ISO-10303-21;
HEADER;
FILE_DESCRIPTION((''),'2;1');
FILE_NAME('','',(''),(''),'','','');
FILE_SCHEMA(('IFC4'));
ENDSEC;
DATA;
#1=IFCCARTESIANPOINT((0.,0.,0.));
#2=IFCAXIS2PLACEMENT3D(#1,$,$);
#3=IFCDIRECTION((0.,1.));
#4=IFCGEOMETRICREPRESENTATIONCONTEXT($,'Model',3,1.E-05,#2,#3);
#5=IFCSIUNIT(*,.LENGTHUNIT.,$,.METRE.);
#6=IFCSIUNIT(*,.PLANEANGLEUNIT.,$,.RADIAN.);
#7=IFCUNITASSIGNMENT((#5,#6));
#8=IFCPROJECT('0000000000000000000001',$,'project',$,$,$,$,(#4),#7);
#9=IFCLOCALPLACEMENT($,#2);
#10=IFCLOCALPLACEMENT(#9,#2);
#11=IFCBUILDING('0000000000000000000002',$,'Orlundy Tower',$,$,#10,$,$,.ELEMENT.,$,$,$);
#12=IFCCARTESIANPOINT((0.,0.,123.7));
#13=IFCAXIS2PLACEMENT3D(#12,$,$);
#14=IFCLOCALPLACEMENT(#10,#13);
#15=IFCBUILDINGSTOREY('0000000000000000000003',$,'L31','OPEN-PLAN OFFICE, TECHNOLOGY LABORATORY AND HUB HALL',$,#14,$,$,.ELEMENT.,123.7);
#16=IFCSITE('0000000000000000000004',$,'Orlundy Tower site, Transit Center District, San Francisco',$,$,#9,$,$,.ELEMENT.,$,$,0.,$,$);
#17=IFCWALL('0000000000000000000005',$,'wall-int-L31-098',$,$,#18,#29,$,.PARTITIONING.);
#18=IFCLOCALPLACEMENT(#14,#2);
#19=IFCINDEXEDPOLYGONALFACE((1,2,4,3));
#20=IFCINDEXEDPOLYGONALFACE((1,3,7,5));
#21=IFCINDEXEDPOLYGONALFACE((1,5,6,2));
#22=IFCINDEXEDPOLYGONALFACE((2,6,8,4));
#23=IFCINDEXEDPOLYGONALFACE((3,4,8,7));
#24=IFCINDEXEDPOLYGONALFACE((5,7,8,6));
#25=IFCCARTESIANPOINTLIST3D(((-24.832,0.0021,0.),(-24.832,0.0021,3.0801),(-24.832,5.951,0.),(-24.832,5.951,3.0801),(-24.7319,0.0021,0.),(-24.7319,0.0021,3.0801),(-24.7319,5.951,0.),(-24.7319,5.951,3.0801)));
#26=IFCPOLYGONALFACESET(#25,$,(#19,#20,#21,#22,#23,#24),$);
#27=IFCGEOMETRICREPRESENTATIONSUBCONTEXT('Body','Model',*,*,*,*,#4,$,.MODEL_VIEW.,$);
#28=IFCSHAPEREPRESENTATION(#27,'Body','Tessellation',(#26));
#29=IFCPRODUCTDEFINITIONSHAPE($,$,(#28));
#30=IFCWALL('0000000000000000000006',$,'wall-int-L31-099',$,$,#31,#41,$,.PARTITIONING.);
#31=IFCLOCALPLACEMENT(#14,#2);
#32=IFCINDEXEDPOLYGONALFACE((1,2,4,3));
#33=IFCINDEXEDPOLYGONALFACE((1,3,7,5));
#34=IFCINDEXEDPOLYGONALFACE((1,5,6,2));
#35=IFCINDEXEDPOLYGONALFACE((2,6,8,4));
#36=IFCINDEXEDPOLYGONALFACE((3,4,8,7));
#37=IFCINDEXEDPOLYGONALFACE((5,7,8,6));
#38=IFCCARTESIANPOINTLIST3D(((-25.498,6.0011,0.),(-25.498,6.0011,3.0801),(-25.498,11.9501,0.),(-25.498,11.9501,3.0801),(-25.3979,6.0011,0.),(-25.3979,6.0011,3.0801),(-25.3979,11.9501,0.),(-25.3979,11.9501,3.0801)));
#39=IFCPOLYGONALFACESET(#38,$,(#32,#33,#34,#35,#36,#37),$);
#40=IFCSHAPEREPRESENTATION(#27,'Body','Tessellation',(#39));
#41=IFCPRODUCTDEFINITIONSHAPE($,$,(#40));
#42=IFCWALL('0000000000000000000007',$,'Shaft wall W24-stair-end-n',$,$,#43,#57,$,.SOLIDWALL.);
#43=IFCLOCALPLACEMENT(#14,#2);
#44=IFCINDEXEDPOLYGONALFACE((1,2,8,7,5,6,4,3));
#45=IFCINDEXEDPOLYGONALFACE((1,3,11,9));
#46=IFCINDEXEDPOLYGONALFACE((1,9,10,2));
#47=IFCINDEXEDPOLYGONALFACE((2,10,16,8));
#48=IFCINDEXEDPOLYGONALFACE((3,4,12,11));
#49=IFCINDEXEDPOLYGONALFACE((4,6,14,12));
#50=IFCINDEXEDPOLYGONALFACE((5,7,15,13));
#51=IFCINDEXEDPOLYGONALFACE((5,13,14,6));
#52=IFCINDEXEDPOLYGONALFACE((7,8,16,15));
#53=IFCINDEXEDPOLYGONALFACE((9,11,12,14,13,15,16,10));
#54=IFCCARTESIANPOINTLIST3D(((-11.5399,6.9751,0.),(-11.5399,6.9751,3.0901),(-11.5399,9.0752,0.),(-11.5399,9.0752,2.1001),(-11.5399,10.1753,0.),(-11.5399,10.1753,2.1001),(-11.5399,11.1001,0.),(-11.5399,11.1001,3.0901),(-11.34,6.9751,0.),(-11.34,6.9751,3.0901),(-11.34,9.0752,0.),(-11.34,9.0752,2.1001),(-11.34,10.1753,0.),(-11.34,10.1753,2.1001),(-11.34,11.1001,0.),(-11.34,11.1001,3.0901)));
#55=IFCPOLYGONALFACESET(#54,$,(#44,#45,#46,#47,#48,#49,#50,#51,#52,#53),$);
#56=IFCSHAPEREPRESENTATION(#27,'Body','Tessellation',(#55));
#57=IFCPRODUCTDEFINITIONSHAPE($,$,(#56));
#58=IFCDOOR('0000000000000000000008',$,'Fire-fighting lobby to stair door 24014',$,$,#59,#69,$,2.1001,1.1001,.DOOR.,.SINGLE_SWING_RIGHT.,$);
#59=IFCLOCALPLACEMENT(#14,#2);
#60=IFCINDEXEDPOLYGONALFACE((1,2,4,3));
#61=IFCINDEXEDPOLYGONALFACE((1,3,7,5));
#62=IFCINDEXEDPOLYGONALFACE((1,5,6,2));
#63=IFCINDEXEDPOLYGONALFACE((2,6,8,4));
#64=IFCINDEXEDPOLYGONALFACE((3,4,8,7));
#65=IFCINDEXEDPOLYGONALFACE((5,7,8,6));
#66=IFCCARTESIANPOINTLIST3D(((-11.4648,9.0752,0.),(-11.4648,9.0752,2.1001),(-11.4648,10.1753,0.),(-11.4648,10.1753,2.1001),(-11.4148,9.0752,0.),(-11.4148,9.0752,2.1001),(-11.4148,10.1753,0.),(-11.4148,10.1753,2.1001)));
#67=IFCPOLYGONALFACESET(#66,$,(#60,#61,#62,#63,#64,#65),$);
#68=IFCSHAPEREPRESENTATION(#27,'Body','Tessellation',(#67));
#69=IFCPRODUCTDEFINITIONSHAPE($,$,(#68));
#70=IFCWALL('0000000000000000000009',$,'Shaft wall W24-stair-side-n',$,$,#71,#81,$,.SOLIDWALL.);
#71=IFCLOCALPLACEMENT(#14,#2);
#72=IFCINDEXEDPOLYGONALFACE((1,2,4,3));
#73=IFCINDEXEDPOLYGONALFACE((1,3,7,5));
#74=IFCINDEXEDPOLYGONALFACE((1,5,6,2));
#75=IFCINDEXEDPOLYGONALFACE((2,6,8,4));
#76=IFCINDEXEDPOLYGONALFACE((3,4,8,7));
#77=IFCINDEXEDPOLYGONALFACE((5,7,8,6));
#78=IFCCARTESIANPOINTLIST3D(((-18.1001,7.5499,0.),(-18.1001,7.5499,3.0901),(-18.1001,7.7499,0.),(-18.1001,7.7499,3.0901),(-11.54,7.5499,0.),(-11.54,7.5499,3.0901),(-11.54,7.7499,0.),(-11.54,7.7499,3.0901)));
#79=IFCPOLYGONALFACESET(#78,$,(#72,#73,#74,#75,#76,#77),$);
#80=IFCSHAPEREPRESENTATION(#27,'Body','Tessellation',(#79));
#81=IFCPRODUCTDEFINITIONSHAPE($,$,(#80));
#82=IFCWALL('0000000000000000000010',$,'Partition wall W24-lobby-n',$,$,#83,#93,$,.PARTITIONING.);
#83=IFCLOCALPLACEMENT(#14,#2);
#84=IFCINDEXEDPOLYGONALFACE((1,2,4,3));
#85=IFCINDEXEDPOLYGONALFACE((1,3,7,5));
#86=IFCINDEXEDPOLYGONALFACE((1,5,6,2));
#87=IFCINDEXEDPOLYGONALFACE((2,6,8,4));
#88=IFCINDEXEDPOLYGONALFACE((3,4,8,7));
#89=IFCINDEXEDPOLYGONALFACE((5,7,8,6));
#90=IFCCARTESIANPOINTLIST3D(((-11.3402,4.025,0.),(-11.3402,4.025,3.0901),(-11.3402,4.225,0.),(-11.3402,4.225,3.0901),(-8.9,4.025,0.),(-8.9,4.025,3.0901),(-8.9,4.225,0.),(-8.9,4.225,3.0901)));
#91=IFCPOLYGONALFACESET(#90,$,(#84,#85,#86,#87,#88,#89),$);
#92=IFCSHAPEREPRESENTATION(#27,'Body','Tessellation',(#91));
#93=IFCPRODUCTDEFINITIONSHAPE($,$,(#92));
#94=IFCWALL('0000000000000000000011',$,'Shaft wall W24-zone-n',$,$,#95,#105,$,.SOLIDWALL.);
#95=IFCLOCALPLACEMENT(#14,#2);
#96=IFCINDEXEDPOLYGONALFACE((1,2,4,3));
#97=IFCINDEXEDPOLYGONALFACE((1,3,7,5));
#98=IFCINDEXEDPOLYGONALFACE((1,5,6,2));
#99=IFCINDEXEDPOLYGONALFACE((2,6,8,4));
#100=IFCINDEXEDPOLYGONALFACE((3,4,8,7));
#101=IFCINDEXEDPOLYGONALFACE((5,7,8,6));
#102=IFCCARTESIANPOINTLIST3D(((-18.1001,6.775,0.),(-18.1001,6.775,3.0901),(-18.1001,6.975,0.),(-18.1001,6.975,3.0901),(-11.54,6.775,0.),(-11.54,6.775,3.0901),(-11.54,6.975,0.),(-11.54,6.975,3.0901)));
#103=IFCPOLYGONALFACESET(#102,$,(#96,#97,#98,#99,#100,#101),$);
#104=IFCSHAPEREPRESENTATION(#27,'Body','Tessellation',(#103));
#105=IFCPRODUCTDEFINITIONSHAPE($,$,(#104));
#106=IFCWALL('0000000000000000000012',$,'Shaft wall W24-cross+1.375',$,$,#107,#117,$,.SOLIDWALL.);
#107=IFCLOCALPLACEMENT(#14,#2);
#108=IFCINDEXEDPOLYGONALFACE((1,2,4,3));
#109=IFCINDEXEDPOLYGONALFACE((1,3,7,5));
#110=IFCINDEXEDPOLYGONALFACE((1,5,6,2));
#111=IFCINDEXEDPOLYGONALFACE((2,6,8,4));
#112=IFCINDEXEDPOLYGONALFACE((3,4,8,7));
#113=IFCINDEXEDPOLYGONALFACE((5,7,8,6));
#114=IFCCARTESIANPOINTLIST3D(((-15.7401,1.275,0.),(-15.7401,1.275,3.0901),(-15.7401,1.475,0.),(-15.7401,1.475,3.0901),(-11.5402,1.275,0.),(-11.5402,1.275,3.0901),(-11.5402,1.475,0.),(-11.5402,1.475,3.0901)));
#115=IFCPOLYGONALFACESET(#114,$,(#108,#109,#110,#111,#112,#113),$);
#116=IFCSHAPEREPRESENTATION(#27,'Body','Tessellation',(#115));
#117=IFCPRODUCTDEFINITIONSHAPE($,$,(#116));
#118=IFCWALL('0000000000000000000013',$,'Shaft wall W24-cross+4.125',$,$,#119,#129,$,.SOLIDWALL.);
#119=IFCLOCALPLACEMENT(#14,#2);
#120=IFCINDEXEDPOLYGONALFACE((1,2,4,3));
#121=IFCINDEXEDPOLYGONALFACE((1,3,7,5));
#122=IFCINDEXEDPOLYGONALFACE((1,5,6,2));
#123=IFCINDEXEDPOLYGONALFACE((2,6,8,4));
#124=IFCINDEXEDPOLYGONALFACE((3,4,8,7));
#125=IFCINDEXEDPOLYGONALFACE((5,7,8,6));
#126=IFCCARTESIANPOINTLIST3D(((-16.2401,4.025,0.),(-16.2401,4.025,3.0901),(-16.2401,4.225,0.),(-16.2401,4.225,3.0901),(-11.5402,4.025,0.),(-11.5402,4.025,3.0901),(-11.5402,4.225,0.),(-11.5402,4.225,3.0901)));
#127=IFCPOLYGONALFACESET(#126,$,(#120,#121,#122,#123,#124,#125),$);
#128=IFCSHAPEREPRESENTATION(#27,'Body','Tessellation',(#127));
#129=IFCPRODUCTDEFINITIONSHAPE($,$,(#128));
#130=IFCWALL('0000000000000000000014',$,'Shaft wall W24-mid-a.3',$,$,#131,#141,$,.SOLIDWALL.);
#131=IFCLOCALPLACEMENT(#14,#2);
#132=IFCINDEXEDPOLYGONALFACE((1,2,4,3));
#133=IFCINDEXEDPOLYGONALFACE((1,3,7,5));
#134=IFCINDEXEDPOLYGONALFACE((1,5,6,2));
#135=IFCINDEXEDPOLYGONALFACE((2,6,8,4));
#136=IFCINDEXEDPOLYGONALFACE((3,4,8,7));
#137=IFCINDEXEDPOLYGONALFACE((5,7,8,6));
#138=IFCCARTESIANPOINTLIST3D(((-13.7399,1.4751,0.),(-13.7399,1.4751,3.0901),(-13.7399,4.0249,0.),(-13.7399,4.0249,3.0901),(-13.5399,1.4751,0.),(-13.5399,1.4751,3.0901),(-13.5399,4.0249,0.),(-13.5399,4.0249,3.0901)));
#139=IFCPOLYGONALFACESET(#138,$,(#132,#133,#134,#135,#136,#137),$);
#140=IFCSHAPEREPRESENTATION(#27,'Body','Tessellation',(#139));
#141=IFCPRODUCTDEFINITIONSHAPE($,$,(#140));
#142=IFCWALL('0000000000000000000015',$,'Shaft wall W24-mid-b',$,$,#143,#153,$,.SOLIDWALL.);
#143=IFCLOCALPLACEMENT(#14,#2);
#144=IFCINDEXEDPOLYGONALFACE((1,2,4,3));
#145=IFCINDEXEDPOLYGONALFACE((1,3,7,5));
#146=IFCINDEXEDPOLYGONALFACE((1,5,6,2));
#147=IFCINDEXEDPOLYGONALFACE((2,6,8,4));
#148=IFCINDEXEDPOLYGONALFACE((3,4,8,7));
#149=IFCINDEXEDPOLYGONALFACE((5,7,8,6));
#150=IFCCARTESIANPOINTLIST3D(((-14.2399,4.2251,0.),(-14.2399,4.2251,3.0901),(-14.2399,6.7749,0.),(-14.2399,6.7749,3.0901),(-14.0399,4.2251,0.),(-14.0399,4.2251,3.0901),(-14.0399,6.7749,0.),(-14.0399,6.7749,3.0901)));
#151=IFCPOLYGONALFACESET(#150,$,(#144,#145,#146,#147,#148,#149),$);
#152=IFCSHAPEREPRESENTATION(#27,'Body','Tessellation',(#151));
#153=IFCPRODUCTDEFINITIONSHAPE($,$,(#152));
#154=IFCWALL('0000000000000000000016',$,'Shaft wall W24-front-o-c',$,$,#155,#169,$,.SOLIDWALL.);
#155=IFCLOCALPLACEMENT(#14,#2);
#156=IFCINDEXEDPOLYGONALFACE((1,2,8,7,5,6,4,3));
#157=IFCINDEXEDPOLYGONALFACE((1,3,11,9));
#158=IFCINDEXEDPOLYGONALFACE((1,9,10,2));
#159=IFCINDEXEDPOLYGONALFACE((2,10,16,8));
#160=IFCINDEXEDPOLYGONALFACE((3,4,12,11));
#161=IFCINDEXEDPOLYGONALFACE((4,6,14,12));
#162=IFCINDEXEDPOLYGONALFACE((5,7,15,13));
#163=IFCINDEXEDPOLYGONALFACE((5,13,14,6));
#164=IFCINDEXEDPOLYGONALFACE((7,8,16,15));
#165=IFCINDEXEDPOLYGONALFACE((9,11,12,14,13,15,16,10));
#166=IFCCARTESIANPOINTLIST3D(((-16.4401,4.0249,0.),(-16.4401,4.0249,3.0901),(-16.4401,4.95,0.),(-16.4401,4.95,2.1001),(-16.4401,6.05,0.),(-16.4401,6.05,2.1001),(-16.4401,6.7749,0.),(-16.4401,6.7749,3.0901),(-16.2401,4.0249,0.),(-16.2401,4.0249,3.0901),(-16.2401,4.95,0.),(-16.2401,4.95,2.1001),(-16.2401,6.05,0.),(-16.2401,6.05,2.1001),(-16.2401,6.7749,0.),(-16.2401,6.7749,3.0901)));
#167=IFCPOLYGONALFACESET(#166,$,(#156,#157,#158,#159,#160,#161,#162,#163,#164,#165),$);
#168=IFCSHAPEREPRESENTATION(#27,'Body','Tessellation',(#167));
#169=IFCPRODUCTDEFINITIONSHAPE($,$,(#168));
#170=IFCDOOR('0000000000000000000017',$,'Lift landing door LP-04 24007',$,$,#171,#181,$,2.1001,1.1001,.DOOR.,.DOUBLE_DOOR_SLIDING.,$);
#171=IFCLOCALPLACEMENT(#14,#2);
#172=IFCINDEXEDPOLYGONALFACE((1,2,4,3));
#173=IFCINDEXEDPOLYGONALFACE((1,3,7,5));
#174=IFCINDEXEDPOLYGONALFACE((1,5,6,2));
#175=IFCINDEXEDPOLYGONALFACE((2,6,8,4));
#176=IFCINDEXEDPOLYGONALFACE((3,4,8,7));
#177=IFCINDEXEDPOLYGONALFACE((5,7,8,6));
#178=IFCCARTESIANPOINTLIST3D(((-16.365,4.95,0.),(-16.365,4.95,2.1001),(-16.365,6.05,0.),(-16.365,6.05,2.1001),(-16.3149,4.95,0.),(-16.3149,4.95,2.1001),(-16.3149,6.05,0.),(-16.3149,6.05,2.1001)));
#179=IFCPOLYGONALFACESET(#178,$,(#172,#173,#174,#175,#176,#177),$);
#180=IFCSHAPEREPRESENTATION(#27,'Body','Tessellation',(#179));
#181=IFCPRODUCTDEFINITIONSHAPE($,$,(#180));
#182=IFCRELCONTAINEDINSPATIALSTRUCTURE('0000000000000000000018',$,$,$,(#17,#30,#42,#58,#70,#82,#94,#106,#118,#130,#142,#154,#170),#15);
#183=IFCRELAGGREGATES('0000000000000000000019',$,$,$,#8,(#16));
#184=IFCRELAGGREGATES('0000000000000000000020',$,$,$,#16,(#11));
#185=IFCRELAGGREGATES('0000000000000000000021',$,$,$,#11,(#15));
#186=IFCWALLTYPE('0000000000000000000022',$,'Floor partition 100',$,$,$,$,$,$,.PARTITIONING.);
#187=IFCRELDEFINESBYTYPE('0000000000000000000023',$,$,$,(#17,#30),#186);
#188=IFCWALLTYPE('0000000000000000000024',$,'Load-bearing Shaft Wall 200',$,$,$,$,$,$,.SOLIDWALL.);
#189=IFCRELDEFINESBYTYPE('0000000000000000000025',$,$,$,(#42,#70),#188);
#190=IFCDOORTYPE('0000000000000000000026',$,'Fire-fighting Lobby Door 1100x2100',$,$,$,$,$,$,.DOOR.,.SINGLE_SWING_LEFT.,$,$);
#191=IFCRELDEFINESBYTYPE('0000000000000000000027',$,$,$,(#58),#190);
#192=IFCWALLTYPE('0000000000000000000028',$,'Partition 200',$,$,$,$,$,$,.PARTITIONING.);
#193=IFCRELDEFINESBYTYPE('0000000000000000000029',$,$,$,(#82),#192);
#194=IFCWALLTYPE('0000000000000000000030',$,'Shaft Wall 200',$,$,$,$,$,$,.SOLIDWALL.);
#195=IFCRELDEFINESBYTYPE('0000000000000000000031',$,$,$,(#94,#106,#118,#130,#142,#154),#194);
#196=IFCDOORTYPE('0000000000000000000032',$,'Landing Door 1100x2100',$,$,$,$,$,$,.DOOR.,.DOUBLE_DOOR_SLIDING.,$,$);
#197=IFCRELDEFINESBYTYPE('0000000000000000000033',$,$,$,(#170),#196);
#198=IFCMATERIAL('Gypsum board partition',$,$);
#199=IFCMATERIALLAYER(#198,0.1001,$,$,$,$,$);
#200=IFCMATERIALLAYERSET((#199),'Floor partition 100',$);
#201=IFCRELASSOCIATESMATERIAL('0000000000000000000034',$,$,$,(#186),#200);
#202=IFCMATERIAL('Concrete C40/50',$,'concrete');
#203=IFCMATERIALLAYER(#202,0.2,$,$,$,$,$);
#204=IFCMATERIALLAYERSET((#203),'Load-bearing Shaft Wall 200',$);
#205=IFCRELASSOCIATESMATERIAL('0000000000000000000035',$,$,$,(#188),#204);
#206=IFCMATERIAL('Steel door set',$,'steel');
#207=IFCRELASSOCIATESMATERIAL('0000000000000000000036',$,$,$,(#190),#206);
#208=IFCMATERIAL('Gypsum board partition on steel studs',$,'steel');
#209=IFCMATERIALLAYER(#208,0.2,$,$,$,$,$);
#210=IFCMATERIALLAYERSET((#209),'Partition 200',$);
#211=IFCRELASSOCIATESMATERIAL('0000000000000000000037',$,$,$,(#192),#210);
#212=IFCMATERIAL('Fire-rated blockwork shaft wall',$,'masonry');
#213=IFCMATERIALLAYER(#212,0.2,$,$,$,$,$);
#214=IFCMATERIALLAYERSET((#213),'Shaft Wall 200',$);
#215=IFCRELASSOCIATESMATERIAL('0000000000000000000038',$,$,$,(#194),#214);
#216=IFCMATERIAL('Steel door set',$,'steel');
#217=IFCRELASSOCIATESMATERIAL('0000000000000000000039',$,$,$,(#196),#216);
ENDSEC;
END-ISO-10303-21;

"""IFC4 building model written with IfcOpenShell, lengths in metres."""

from ifc_helpers import new_model, si_unit, direction, frame, frame_2d, origin, place, context, subcontext, project, spatial, rectangle, extrude, material, layer, layer_set, type_object, element, fill, save


model = new_model("IFC4")

# Units and contexts
model_context = context("Model", 3, precision=1e-05, world=origin(), true_north=direction((0.0, 1.0)))
body_context = subcontext(model_context, "Body", "Model", "MODEL_VIEW")
ifc_project = project(units=[si_unit("LENGTHUNIT", "METRE"), si_unit("PLANEANGLEUNIT", "RADIAN")], contexts=[model_context])

# Site, building, storey
site_placement = place(None, origin())
site = spatial("IfcSite", under=ifc_project, at=site_placement, Name="Orlundy Tower site, Transit Center District, San Francisco", CompositionType="ELEMENT", RefElevation=0.0)
building_placement = place(site_placement, origin())
building = spatial("IfcBuilding", under=site, at=building_placement, Name="Orlundy Tower", CompositionType="ELEMENT")
storey_placement = place(building_placement, frame((0.0, 0.0, 123.7)))
storey = spatial("IfcBuildingStorey", under=building, at=storey_placement, Name="L31", Description="OPEN-PLAN OFFICE, TECHNOLOGY LABORATORY AND HUB HALL", CompositionType="ELEMENT", Elevation=123.7)

# Walls
ifc_material_1 = material(Name="Gypsum board partition")
ifc_layer_1 = layer(ifc_material_1, 0.1001)
ifc_layer_set_1 = layer_set([ifc_layer_1], Name="Floor partition 100")
wall_type_1 = type_object("IfcWallType", Name="Floor partition 100", PredefinedType="PARTITIONING", material=ifc_layer_set_1)
for number, where, z_axis, x_axis, name in (
    (1, (-24.782, 0.002, 0.0), (0.0, 0.0, 1.0), (0.0, 1.0, 0.0), "wall-int-L31-098"),
    (2, (-25.448, 6.001, 0.0), (0.0, 0.0, 1.0), (0.0, 1.0, 0.0), "wall-int-L31-099"),
):
    element("IfcWall", number, at=place(storey_placement, frame(where, z_axis=z_axis, x_axis=x_axis)), inside=storey, type_object=wall_type_1, Name=name, PredefinedType="PARTITIONING", context=body_context, shape_type="SweptSolid", body=[
        extrude(rectangle(XDim=5.949, YDim=0.1001, at=frame_2d((2.9746, 0.0))), origin(), (0.0, 0.0, 1.0), 3.0801),
    ])

# Wall, opening, door
ifc_material_2 = material(Name="Concrete C40/50", Category="concrete")
ifc_layer_2 = layer(ifc_material_2, 0.2)
ifc_layer_set_2 = layer_set([ifc_layer_2], Name="Load-bearing Shaft Wall 200")
wall_type_2 = type_object("IfcWallType", Name="Load-bearing Shaft Wall 200", PredefinedType="SOLIDWALL", material=ifc_layer_set_2)
wall_1_placement = place(storey_placement, frame((-11.4399, 6.9751, 0.0), z_axis=(0.0, 0.0, 1.0), x_axis=(0.0, 1.0, 0.0)))
wall_1 = element("IfcWall", 3, at=wall_1_placement, inside=storey, type_object=wall_type_2, Name="Shaft wall W24-stair-end-n", PredefinedType="SOLIDWALL", context=body_context, shape_type="SweptSolid", body=[
    extrude(rectangle(XDim=4.125, YDim=0.2, at=frame_2d((2.0625, 0.0))), origin(), (0.0, 0.0, 1.0), 3.0901),
])
opening_1_placement = place(wall_1_placement, frame((2.1001, 0.0, 0.0)))
opening_1 = element("IfcOpeningElement", 4, at=opening_1_placement, cuts=wall_1, PredefinedType="OPENING", context=body_context, shape_type="SweptSolid", body=[
    extrude(rectangle(XDim=1.1001, YDim=2.1001, at=frame_2d((0.55, 1.05))), frame((0.0, 0.1101, 0.0), z_axis=(0.0, -1.0, 0.0), x_axis=(1.0, 0.0, 0.0)), (0.0, 0.0, 1.0), 0.2202),
])
ifc_material_3 = material(Name="Steel door set", Category="steel")
door_type_1 = type_object("IfcDoorType", Name="Fire-fighting Lobby Door 1100x2100", OperationType="SINGLE_SWING_LEFT", PredefinedType="DOOR", material=ifc_material_3)
door_1_placement = place(opening_1_placement, origin())
door_1 = element("IfcDoor", 5, at=door_1_placement, inside=storey, type_object=door_type_1, Name="Fire-fighting lobby to stair door 24014", OperationType="SINGLE_SWING_RIGHT", OverallHeight=2.1001, OverallWidth=1.1001, PredefinedType="DOOR", context=body_context, shape_type="SweptSolid", body=[
    extrude(rectangle(XDim=1.1001, YDim=2.1001, at=frame_2d((0.55, 1.05))), frame((0.0, 0.0249, 0.0), z_axis=(0.0, -1.0, 0.0), x_axis=(1.0, 0.0, 0.0)), (0.0, 0.0, 1.0), 0.05),
])
fill(opening_1, door_1)

# Walls
wall_2_placement = place(storey_placement, frame((-11.54, 7.6499, 0.0), z_axis=(0.0, 0.0, 1.0), x_axis=(-1.0, 0.0, 0.0)))
element("IfcWall", 6, at=wall_2_placement, inside=storey, type_object=wall_type_2, Name="Shaft wall W24-stair-side-n", PredefinedType="SOLIDWALL", context=body_context, shape_type="SweptSolid", body=[
    extrude(rectangle(XDim=6.5601, YDim=0.2, at=frame_2d((3.28, 0.0))), origin(), (0.0, 0.0, 1.0), 3.0901),
])
ifc_material_4 = material(Name="Gypsum board partition on steel studs", Category="steel")
ifc_layer_3 = layer(ifc_material_4, 0.2)
ifc_layer_set_3 = layer_set([ifc_layer_3], Name="Partition 200")
wall_type_3 = type_object("IfcWallType", Name="Partition 200", PredefinedType="PARTITIONING", material=ifc_layer_set_3)
wall_3_placement = place(storey_placement, frame((-8.8999, 4.125, 0.0), z_axis=(0.0, 0.0, 1.0), x_axis=(-1.0, 0.0, 0.0)))
element("IfcWall", 7, at=wall_3_placement, inside=storey, type_object=wall_type_3, Name="Partition wall W24-lobby-n", PredefinedType="PARTITIONING", context=body_context, shape_type="SweptSolid", body=[
    extrude(rectangle(XDim=2.4402, YDim=0.2, at=frame_2d((1.2202, 0.0))), origin(), (0.0, 0.0, 1.0), 3.0901),
])
ifc_material_5 = material(Name="Fire-rated blockwork shaft wall", Category="masonry")
ifc_layer_4 = layer(ifc_material_5, 0.2)
ifc_layer_set_4 = layer_set([ifc_layer_4], Name="Shaft Wall 200")
wall_type_4 = type_object("IfcWallType", Name="Shaft Wall 200", PredefinedType="SOLIDWALL", material=ifc_layer_set_4)
wall_4_placement = place(storey_placement, frame((-11.54, 6.875, 0.0), z_axis=(0.0, 0.0, 1.0), x_axis=(-1.0, 0.0, 0.0)))
element("IfcWall", 8, at=wall_4_placement, inside=storey, type_object=wall_type_4, Name="Shaft wall W24-zone-n", PredefinedType="SOLIDWALL", context=body_context, shape_type="SweptSolid", body=[
    extrude(rectangle(XDim=6.5601, YDim=0.2, at=frame_2d((3.28, 0.0))), origin(), (0.0, 0.0, 1.0), 3.0901),
])
wall_5_placement = place(storey_placement, frame((-11.54, 1.375, 0.0), z_axis=(0.0, 0.0, 1.0), x_axis=(-1.0, 0.0, 0.0)))
element("IfcWall", 9, at=wall_5_placement, inside=storey, type_object=wall_type_4, Name="Shaft wall W24-cross+1.375", PredefinedType="SOLIDWALL", context=body_context, shape_type="SweptSolid", body=[
    extrude(rectangle(XDim=4.2, YDim=0.2, at=frame_2d((2.1001, 0.0))), origin(), (0.0, 0.0, 1.0), 3.0901),
])
wall_6_placement = place(storey_placement, frame((-11.54, 4.125, 0.0), z_axis=(0.0, 0.0, 1.0), x_axis=(-1.0, 0.0, 0.0)))
element("IfcWall", 10, at=wall_6_placement, inside=storey, type_object=wall_type_4, Name="Shaft wall W24-cross+4.125", PredefinedType="SOLIDWALL", context=body_context, shape_type="SweptSolid", body=[
    extrude(rectangle(XDim=4.7, YDim=0.2, at=frame_2d((2.3501, 0.0))), origin(), (0.0, 0.0, 1.0), 3.0901),
])
for number, where, z_axis, x_axis, name in (
    (11, (-13.6399, 1.4751, 0.0), (0.0, 0.0, 1.0), (0.0, 1.0, 0.0), "Shaft wall W24-mid-a.3"),
    (12, (-14.1399, 4.2251, 0.0), (0.0, 0.0, 1.0), (0.0, 1.0, 0.0), "Shaft wall W24-mid-b"),
):
    element("IfcWall", number, at=place(storey_placement, frame(where, z_axis=z_axis, x_axis=x_axis)), inside=storey, type_object=wall_type_4, Name=name, PredefinedType="SOLIDWALL", context=body_context, shape_type="SweptSolid", body=[
        extrude(rectangle(XDim=2.5498, YDim=0.2, at=frame_2d((1.2749, 0.0))), origin(), (0.0, 0.0, 1.0), 3.0901),
    ])

# Wall, opening, door
wall_7_placement = place(storey_placement, frame((-16.3401, 4.0249, 0.0), z_axis=(0.0, 0.0, 1.0), x_axis=(0.0, 1.0, 0.0)))
wall_7 = element("IfcWall", 13, at=wall_7_placement, inside=storey, type_object=wall_type_4, Name="Shaft wall W24-front-o-c", PredefinedType="SOLIDWALL", context=body_context, shape_type="SweptSolid", body=[
    extrude(rectangle(XDim=2.75, YDim=0.2, at=frame_2d((1.375, 0.0))), origin(), (0.0, 0.0, 1.0), 3.0901),
])
opening_2_placement = place(wall_7_placement, frame((0.925, 0.0, 0.0)))
opening_2 = element("IfcOpeningElement", 14, at=opening_2_placement, cuts=wall_7, PredefinedType="OPENING", context=body_context, shape_type="SweptSolid", body=[
    extrude(rectangle(XDim=1.1001, YDim=2.1001, at=frame_2d((0.55, 1.05))), frame((0.0, 0.1101, 0.0), z_axis=(0.0, -1.0, 0.0), x_axis=(1.0, 0.0, 0.0)), (0.0, 0.0, 1.0), 0.2202),
])
ifc_material_6 = material(Name="Steel door set", Category="steel")
door_type_2 = type_object("IfcDoorType", Name="Landing Door 1100x2100", OperationType="DOUBLE_DOOR_SLIDING", PredefinedType="DOOR", material=ifc_material_6)
door_2_placement = place(opening_2_placement, origin())
door_2 = element("IfcDoor", 15, at=door_2_placement, inside=storey, type_object=door_type_2, Name="Lift landing door LP-04 24007", OperationType="DOUBLE_DOOR_SLIDING", OverallHeight=2.1001, OverallWidth=1.1001, PredefinedType="DOOR", context=body_context, shape_type="SweptSolid", body=[
    extrude(rectangle(XDim=1.1001, YDim=2.1001, at=frame_2d((0.55, 1.05))), frame((0.0, 0.0249, 0.0), z_axis=(0.0, -1.0, 0.0), x_axis=(1.0, 0.0, 0.0)), (0.0, 0.0, 1.0), 0.05),
])
fill(opening_2, door_2)

save(model, "model.ifc")
